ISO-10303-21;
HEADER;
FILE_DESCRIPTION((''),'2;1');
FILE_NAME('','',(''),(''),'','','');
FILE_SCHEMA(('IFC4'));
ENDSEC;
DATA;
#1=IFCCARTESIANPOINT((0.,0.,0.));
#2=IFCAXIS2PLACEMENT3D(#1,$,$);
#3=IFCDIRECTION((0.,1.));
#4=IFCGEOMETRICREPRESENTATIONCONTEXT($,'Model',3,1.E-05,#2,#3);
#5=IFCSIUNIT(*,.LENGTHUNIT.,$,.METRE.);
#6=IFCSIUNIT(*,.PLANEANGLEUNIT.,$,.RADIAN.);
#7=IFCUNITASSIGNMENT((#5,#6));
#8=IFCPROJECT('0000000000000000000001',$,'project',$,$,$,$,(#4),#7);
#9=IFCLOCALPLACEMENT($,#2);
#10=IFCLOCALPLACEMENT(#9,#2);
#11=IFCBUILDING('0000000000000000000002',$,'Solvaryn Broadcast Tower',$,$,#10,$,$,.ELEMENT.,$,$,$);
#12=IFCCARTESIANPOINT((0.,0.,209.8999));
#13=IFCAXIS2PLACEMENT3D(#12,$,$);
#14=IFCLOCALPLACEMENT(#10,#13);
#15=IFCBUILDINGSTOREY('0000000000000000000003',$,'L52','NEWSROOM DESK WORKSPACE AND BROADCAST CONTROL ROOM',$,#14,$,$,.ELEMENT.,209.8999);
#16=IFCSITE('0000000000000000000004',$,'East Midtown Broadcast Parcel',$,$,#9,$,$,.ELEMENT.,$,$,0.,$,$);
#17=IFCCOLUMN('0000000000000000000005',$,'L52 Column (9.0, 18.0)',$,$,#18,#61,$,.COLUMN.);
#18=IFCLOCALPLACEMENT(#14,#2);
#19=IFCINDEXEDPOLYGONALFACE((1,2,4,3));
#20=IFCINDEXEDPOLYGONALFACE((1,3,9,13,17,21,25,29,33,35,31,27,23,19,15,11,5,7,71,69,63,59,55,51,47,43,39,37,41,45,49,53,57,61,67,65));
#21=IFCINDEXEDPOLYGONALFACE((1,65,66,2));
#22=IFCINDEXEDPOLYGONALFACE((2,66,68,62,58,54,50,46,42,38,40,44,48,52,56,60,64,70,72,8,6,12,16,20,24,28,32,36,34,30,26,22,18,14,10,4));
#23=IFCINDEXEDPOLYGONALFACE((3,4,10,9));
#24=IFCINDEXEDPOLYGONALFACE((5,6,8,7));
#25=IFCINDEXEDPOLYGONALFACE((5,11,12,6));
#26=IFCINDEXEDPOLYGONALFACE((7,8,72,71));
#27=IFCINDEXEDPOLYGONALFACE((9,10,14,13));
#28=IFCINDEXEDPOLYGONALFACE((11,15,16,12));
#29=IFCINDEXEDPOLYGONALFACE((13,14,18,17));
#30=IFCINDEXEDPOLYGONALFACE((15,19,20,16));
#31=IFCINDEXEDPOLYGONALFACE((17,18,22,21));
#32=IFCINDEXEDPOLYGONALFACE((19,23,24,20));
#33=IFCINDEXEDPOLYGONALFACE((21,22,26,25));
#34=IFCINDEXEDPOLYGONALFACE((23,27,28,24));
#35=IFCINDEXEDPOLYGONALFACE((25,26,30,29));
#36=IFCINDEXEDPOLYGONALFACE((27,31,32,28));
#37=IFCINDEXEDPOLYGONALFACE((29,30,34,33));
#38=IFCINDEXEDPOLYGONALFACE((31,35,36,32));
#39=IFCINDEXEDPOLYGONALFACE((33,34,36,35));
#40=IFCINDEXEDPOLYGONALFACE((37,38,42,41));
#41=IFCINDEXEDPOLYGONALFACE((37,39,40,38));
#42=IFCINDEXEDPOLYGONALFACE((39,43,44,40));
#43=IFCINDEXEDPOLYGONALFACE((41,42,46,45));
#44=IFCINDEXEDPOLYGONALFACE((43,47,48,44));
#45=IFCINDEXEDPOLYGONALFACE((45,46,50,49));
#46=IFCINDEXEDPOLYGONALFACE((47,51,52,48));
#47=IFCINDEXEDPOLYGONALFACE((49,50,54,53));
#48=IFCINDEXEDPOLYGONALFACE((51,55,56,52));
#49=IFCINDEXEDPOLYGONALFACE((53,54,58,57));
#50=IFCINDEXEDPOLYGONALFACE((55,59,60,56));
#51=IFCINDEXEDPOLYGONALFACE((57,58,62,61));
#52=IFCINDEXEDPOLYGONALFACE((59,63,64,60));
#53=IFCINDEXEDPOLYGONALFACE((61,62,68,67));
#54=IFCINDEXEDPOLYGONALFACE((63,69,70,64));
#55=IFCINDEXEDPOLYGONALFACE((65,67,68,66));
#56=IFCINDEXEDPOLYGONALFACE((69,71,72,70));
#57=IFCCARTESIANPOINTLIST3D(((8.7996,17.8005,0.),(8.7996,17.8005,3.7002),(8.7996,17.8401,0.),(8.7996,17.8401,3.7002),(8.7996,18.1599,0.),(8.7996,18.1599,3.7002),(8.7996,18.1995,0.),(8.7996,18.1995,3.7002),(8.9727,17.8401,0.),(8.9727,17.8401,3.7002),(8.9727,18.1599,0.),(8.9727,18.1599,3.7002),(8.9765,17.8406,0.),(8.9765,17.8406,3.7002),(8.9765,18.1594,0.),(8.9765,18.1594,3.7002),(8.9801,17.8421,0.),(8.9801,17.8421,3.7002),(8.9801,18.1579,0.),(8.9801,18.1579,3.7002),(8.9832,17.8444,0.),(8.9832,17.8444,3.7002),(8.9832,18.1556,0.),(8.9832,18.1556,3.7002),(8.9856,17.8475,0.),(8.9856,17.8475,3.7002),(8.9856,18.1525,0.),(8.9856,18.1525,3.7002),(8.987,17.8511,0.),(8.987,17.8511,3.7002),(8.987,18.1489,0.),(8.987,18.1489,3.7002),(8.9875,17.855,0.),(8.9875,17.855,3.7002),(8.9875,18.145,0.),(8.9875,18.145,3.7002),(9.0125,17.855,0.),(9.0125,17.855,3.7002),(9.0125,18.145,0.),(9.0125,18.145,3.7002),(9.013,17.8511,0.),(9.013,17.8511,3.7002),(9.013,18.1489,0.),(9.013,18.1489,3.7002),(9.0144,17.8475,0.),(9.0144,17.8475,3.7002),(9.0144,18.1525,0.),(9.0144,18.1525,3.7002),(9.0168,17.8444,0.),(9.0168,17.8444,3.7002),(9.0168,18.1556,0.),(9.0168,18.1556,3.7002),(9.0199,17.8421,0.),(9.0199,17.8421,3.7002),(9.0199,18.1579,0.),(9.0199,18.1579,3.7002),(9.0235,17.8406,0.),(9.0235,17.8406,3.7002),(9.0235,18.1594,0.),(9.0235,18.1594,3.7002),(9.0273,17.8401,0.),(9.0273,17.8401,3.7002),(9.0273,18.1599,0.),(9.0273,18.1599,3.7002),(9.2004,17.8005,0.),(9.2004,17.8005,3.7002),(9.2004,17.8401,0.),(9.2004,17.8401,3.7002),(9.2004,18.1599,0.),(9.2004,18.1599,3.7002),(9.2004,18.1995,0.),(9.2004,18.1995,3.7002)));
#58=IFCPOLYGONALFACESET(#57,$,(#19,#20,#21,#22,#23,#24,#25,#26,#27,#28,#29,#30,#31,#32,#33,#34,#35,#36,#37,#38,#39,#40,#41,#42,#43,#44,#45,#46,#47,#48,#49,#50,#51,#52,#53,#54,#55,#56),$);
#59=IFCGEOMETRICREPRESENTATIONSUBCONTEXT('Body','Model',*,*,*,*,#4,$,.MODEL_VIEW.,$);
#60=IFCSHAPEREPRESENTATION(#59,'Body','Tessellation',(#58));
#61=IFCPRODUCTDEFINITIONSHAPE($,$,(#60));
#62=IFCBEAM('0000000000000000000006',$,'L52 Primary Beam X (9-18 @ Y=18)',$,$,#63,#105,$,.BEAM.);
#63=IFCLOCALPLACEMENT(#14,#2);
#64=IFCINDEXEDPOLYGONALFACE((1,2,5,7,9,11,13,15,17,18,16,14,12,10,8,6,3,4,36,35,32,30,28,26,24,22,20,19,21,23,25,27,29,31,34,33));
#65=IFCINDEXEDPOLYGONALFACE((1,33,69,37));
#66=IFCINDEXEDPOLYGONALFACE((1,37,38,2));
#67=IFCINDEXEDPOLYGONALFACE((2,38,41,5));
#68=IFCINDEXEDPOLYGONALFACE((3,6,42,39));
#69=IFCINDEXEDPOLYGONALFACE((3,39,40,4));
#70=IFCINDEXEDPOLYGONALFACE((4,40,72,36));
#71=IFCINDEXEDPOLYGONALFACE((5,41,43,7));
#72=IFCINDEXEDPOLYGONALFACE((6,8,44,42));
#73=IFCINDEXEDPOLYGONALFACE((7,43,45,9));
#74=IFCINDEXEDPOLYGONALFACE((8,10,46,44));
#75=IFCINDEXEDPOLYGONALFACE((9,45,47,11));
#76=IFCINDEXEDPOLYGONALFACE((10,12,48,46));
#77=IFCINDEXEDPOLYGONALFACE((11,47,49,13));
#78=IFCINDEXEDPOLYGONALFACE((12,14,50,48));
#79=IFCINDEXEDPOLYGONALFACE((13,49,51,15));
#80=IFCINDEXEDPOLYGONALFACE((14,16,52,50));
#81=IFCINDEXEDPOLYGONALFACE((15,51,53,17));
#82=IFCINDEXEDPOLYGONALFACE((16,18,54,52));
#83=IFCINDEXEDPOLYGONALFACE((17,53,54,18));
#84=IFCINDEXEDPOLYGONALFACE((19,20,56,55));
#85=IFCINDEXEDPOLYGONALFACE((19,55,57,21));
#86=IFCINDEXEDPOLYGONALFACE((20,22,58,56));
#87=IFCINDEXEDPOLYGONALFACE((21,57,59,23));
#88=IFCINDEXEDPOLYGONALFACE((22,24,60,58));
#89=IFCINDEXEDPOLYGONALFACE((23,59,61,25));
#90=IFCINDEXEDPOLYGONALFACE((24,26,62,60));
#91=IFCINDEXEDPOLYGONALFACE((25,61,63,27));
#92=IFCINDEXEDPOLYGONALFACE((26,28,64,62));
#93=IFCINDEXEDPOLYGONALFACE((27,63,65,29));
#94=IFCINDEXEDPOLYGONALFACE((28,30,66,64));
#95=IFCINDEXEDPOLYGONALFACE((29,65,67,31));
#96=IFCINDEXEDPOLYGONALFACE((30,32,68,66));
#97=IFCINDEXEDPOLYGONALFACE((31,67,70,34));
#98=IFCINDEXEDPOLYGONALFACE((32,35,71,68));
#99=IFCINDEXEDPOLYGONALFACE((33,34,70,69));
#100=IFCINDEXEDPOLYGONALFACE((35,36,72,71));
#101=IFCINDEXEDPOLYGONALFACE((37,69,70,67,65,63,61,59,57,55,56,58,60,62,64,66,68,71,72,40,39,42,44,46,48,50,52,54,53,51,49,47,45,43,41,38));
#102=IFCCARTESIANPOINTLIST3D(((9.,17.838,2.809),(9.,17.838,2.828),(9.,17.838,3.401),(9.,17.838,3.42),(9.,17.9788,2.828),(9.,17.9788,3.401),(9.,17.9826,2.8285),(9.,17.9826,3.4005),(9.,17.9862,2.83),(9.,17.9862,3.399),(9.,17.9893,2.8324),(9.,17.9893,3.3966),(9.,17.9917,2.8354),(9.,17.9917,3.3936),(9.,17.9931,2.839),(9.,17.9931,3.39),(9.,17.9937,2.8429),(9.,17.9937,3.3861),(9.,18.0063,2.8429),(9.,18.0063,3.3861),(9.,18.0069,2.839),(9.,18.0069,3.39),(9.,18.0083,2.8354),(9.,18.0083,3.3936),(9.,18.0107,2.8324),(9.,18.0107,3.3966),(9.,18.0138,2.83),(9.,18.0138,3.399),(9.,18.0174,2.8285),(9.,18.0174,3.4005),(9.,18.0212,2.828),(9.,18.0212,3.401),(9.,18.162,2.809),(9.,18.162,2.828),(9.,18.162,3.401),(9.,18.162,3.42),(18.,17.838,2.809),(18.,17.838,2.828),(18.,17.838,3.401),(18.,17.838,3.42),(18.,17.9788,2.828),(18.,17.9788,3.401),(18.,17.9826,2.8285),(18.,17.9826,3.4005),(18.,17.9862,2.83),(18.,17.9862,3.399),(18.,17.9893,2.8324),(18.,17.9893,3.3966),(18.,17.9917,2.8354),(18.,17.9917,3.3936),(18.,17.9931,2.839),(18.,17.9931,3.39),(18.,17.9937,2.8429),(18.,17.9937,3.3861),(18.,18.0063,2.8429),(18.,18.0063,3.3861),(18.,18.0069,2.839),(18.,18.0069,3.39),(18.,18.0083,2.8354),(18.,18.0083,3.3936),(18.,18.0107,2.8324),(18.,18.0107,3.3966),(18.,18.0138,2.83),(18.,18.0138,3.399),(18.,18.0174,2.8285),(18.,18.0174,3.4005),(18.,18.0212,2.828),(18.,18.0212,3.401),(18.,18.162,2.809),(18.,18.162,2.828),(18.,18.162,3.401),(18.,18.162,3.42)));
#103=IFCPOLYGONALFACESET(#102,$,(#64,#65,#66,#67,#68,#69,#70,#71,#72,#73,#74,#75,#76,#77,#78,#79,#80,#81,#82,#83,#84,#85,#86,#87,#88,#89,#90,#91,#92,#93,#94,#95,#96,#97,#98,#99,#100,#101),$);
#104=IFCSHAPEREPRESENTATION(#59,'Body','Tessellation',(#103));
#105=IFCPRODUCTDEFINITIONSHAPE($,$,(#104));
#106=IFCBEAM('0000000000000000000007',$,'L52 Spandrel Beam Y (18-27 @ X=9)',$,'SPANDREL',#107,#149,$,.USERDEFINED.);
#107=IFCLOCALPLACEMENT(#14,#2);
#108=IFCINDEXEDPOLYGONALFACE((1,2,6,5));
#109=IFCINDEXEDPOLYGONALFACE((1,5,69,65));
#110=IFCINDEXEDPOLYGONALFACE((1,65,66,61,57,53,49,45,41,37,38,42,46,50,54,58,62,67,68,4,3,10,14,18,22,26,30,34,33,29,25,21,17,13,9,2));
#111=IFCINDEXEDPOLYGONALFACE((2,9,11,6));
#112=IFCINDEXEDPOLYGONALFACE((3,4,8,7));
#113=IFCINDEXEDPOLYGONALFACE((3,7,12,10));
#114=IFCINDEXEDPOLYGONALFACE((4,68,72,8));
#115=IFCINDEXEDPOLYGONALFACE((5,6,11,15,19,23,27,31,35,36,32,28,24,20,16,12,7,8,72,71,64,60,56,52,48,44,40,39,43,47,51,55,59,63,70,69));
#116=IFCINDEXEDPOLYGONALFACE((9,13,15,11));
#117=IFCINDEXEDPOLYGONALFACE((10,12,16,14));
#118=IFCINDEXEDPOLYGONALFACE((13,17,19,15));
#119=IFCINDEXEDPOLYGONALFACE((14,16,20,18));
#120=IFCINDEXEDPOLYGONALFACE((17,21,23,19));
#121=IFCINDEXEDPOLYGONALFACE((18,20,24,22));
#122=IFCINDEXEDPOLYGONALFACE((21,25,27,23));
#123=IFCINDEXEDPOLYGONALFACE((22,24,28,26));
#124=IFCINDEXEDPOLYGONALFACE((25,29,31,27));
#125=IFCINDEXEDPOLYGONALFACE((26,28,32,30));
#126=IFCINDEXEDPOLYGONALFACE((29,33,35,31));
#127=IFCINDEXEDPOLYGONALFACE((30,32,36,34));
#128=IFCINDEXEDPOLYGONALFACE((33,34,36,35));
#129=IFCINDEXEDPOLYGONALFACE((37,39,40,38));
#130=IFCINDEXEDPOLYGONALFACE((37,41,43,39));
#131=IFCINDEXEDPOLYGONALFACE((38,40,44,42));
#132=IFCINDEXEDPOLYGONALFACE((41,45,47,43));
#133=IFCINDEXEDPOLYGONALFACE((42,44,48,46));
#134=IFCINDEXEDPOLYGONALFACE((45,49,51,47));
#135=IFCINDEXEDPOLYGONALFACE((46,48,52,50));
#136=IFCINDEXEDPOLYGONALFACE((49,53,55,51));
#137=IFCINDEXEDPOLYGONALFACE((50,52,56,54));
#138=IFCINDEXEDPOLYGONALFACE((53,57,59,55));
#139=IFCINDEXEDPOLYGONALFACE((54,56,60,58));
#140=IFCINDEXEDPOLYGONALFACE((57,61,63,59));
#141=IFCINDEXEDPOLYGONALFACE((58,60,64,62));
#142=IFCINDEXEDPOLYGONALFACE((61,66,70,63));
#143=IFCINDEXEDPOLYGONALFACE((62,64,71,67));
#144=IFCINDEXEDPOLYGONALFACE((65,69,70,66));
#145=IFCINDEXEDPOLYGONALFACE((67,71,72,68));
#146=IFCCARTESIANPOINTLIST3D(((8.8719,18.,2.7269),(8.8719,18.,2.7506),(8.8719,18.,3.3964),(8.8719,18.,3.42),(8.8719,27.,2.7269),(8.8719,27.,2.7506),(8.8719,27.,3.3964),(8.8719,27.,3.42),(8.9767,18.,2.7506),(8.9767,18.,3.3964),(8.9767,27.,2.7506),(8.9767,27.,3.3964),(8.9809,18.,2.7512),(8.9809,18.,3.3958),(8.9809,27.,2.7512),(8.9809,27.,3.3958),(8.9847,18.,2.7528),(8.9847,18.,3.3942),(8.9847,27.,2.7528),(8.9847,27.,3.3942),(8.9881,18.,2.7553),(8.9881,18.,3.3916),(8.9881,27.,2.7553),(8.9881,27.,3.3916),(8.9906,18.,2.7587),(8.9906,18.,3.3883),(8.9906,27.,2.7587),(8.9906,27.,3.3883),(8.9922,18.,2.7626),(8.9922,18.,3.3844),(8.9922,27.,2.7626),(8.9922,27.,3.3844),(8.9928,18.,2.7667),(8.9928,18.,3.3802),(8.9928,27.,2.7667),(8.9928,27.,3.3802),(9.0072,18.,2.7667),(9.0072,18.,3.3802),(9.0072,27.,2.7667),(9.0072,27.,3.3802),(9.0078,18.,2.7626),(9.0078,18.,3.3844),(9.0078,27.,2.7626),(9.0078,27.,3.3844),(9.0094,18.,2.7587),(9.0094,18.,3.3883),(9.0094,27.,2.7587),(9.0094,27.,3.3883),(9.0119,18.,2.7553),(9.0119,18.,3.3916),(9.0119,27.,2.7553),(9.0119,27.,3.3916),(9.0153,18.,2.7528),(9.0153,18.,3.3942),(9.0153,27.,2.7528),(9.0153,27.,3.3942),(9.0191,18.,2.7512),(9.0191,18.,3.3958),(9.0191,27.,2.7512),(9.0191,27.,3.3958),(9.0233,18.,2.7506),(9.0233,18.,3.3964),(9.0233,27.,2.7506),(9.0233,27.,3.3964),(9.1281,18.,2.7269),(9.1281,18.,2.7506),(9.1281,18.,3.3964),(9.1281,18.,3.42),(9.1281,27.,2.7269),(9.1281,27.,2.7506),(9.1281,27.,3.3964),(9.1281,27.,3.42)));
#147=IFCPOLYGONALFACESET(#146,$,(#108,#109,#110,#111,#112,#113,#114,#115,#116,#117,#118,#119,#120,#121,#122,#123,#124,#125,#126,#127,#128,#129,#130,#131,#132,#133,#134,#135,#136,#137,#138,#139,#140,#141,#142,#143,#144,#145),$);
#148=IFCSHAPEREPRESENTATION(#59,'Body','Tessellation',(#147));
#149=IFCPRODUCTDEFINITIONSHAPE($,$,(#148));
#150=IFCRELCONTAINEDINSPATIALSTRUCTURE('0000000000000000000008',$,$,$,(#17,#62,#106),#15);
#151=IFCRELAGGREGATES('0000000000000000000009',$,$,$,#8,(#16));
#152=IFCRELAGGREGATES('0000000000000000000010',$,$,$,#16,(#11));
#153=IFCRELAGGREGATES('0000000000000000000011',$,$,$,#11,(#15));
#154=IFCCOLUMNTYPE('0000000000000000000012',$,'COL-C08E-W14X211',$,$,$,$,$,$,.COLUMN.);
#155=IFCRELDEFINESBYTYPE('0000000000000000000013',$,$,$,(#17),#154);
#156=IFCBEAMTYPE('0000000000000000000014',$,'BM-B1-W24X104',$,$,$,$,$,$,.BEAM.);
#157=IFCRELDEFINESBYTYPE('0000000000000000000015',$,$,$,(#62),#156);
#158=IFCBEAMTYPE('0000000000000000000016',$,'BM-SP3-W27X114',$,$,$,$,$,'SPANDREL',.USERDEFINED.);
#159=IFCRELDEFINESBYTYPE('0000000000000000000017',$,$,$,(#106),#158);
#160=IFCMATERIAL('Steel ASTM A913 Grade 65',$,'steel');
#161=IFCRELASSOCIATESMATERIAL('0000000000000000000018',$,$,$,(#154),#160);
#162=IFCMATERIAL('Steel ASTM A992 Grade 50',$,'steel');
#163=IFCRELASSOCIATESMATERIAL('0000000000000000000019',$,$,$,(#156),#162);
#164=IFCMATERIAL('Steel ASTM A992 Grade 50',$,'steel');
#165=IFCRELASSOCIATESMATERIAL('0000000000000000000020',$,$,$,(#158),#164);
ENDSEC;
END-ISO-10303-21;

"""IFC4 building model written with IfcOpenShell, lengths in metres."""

from ifc_helpers import new_model, si_unit, direction, frame, origin, origin_2d, place, context, subcontext, project, spatial, i_section, extrude, material, material_profile, profile_set, type_object, element, save


model = new_model("IFC4")

# Units and contexts
model_context = context("Model", 3, precision=1e-05, world=origin(), true_north=direction((0.0, 1.0)))
body_context = subcontext(model_context, "Body", "Model", "MODEL_VIEW")
ifc_project = project(units=[si_unit("LENGTHUNIT", "METRE"), si_unit("PLANEANGLEUNIT", "RADIAN")], contexts=[model_context])

# Site, building, storey
site_placement = place(None, origin())
site = spatial("IfcSite", under=ifc_project, at=site_placement, Name="East Midtown Broadcast Parcel", CompositionType="ELEMENT", RefElevation=0.0)
building_placement = place(site_placement, origin())
building = spatial("IfcBuilding", under=site, at=building_placement, Name="Solvaryn Broadcast Tower", CompositionType="ELEMENT")
storey_placement = place(building_placement, frame((0.0, 0.0, 209.8999)))
storey = spatial("IfcBuildingStorey", under=building, at=storey_placement, Name="L52", Description="NEWSROOM DESK WORKSPACE AND BROADCAST CONTROL ROOM", CompositionType="ELEMENT", Elevation=209.8999)

# Column
ifc_material_1 = material(Name="Steel ASTM A913 Grade 65", Category="steel")
ifc_material_profile_1 = material_profile(ifc_material_1, i_section(OverallWidth=0.4009, OverallDepth=0.3989, WebThickness=0.0249, FlangeThickness=0.0396, FilletRadius=0.0149, at=origin_2d()))
ifc_profile_set_1 = profile_set([ifc_material_profile_1], Name="Steel ASTM A913 Grade 65")
column_type = type_object("IfcColumnType", Name="COL-C08E-W14X211", PredefinedType="COLUMN", material=ifc_profile_set_1)
column_placement = place(storey_placement, frame((9.0, 18.0, 0.0), z_axis=(0.0, 0.0, 1.0), x_axis=(1.0, 0.0, 0.0)))
element("IfcColumn", 1, at=column_placement, inside=storey, type_object=column_type, Name="L52 Column (9.0, 18.0)", PredefinedType="COLUMN", context=body_context, shape_type="SweptSolid", body=[
    extrude(i_section(OverallWidth=0.4009, OverallDepth=0.3989, WebThickness=0.0249, FlangeThickness=0.0396, FilletRadius=0.0149, at=origin_2d()), origin(), (0.0, 0.0, 1.0), 3.7002),
])

# Beams
ifc_material_2 = material(Name="Steel ASTM A992 Grade 50", Category="steel")
ifc_material_profile_2 = material_profile(ifc_material_2, i_section(OverallWidth=0.324, OverallDepth=0.6111, WebThickness=0.0127, FlangeThickness=0.019, FilletRadius=0.0149, at=origin_2d()))
ifc_profile_set_2 = profile_set([ifc_material_profile_2], Name="Steel ASTM A992 Grade 50")
beam_type_1 = type_object("IfcBeamType", Name="BM-B1-W24X104", PredefinedType="BEAM", material=ifc_profile_set_2)
beam_1_placement = place(storey_placement, frame((9.0, 18.0, 3.1145), z_axis=(1.0, 0.0, 0.0), x_axis=(0.0, 1.0, 0.0)))
element("IfcBeam", 2, at=beam_1_placement, inside=storey, type_object=beam_type_1, Name="L52 Primary Beam X (9-18 @ Y=18)", PredefinedType="BEAM", context=body_context, shape_type="SweptSolid", body=[
    extrude(i_section(OverallWidth=0.324, OverallDepth=0.6111, WebThickness=0.0127, FlangeThickness=0.019, FilletRadius=0.0149, at=origin_2d()), origin(), (0.0, 0.0, 1.0), 9.0),
])
ifc_material_3 = material(Name="Steel ASTM A992 Grade 50", Category="steel")
ifc_material_profile_3 = material_profile(ifc_material_3, i_section(OverallWidth=0.2561, OverallDepth=0.6931, WebThickness=0.0144, FlangeThickness=0.0237, FilletRadius=0.0161, at=origin_2d()))
ifc_profile_set_3 = profile_set([ifc_material_profile_3], Name="Steel ASTM A992 Grade 50")
beam_type_2 = type_object("IfcBeamType", Name="BM-SP3-W27X114", ElementType="SPANDREL", PredefinedType="USERDEFINED", material=ifc_profile_set_3)
beam_2_placement = place(storey_placement, frame((9.0, 18.0, 3.0735), z_axis=(0.0, 1.0, 0.0), x_axis=(-1.0, 0.0, 0.0)))
element("IfcBeam", 3, at=beam_2_placement, inside=storey, type_object=beam_type_2, Name="L52 Spandrel Beam Y (18-27 @ X=9)", ObjectType="SPANDREL", PredefinedType="USERDEFINED", context=body_context, shape_type="SweptSolid", body=[
    extrude(i_section(OverallWidth=0.2561, OverallDepth=0.6931, WebThickness=0.0144, FlangeThickness=0.0237, FilletRadius=0.0161, at=origin_2d()), origin(), (0.0, 0.0, 1.0), 9.0),
])

save(model, "model.ifc")
